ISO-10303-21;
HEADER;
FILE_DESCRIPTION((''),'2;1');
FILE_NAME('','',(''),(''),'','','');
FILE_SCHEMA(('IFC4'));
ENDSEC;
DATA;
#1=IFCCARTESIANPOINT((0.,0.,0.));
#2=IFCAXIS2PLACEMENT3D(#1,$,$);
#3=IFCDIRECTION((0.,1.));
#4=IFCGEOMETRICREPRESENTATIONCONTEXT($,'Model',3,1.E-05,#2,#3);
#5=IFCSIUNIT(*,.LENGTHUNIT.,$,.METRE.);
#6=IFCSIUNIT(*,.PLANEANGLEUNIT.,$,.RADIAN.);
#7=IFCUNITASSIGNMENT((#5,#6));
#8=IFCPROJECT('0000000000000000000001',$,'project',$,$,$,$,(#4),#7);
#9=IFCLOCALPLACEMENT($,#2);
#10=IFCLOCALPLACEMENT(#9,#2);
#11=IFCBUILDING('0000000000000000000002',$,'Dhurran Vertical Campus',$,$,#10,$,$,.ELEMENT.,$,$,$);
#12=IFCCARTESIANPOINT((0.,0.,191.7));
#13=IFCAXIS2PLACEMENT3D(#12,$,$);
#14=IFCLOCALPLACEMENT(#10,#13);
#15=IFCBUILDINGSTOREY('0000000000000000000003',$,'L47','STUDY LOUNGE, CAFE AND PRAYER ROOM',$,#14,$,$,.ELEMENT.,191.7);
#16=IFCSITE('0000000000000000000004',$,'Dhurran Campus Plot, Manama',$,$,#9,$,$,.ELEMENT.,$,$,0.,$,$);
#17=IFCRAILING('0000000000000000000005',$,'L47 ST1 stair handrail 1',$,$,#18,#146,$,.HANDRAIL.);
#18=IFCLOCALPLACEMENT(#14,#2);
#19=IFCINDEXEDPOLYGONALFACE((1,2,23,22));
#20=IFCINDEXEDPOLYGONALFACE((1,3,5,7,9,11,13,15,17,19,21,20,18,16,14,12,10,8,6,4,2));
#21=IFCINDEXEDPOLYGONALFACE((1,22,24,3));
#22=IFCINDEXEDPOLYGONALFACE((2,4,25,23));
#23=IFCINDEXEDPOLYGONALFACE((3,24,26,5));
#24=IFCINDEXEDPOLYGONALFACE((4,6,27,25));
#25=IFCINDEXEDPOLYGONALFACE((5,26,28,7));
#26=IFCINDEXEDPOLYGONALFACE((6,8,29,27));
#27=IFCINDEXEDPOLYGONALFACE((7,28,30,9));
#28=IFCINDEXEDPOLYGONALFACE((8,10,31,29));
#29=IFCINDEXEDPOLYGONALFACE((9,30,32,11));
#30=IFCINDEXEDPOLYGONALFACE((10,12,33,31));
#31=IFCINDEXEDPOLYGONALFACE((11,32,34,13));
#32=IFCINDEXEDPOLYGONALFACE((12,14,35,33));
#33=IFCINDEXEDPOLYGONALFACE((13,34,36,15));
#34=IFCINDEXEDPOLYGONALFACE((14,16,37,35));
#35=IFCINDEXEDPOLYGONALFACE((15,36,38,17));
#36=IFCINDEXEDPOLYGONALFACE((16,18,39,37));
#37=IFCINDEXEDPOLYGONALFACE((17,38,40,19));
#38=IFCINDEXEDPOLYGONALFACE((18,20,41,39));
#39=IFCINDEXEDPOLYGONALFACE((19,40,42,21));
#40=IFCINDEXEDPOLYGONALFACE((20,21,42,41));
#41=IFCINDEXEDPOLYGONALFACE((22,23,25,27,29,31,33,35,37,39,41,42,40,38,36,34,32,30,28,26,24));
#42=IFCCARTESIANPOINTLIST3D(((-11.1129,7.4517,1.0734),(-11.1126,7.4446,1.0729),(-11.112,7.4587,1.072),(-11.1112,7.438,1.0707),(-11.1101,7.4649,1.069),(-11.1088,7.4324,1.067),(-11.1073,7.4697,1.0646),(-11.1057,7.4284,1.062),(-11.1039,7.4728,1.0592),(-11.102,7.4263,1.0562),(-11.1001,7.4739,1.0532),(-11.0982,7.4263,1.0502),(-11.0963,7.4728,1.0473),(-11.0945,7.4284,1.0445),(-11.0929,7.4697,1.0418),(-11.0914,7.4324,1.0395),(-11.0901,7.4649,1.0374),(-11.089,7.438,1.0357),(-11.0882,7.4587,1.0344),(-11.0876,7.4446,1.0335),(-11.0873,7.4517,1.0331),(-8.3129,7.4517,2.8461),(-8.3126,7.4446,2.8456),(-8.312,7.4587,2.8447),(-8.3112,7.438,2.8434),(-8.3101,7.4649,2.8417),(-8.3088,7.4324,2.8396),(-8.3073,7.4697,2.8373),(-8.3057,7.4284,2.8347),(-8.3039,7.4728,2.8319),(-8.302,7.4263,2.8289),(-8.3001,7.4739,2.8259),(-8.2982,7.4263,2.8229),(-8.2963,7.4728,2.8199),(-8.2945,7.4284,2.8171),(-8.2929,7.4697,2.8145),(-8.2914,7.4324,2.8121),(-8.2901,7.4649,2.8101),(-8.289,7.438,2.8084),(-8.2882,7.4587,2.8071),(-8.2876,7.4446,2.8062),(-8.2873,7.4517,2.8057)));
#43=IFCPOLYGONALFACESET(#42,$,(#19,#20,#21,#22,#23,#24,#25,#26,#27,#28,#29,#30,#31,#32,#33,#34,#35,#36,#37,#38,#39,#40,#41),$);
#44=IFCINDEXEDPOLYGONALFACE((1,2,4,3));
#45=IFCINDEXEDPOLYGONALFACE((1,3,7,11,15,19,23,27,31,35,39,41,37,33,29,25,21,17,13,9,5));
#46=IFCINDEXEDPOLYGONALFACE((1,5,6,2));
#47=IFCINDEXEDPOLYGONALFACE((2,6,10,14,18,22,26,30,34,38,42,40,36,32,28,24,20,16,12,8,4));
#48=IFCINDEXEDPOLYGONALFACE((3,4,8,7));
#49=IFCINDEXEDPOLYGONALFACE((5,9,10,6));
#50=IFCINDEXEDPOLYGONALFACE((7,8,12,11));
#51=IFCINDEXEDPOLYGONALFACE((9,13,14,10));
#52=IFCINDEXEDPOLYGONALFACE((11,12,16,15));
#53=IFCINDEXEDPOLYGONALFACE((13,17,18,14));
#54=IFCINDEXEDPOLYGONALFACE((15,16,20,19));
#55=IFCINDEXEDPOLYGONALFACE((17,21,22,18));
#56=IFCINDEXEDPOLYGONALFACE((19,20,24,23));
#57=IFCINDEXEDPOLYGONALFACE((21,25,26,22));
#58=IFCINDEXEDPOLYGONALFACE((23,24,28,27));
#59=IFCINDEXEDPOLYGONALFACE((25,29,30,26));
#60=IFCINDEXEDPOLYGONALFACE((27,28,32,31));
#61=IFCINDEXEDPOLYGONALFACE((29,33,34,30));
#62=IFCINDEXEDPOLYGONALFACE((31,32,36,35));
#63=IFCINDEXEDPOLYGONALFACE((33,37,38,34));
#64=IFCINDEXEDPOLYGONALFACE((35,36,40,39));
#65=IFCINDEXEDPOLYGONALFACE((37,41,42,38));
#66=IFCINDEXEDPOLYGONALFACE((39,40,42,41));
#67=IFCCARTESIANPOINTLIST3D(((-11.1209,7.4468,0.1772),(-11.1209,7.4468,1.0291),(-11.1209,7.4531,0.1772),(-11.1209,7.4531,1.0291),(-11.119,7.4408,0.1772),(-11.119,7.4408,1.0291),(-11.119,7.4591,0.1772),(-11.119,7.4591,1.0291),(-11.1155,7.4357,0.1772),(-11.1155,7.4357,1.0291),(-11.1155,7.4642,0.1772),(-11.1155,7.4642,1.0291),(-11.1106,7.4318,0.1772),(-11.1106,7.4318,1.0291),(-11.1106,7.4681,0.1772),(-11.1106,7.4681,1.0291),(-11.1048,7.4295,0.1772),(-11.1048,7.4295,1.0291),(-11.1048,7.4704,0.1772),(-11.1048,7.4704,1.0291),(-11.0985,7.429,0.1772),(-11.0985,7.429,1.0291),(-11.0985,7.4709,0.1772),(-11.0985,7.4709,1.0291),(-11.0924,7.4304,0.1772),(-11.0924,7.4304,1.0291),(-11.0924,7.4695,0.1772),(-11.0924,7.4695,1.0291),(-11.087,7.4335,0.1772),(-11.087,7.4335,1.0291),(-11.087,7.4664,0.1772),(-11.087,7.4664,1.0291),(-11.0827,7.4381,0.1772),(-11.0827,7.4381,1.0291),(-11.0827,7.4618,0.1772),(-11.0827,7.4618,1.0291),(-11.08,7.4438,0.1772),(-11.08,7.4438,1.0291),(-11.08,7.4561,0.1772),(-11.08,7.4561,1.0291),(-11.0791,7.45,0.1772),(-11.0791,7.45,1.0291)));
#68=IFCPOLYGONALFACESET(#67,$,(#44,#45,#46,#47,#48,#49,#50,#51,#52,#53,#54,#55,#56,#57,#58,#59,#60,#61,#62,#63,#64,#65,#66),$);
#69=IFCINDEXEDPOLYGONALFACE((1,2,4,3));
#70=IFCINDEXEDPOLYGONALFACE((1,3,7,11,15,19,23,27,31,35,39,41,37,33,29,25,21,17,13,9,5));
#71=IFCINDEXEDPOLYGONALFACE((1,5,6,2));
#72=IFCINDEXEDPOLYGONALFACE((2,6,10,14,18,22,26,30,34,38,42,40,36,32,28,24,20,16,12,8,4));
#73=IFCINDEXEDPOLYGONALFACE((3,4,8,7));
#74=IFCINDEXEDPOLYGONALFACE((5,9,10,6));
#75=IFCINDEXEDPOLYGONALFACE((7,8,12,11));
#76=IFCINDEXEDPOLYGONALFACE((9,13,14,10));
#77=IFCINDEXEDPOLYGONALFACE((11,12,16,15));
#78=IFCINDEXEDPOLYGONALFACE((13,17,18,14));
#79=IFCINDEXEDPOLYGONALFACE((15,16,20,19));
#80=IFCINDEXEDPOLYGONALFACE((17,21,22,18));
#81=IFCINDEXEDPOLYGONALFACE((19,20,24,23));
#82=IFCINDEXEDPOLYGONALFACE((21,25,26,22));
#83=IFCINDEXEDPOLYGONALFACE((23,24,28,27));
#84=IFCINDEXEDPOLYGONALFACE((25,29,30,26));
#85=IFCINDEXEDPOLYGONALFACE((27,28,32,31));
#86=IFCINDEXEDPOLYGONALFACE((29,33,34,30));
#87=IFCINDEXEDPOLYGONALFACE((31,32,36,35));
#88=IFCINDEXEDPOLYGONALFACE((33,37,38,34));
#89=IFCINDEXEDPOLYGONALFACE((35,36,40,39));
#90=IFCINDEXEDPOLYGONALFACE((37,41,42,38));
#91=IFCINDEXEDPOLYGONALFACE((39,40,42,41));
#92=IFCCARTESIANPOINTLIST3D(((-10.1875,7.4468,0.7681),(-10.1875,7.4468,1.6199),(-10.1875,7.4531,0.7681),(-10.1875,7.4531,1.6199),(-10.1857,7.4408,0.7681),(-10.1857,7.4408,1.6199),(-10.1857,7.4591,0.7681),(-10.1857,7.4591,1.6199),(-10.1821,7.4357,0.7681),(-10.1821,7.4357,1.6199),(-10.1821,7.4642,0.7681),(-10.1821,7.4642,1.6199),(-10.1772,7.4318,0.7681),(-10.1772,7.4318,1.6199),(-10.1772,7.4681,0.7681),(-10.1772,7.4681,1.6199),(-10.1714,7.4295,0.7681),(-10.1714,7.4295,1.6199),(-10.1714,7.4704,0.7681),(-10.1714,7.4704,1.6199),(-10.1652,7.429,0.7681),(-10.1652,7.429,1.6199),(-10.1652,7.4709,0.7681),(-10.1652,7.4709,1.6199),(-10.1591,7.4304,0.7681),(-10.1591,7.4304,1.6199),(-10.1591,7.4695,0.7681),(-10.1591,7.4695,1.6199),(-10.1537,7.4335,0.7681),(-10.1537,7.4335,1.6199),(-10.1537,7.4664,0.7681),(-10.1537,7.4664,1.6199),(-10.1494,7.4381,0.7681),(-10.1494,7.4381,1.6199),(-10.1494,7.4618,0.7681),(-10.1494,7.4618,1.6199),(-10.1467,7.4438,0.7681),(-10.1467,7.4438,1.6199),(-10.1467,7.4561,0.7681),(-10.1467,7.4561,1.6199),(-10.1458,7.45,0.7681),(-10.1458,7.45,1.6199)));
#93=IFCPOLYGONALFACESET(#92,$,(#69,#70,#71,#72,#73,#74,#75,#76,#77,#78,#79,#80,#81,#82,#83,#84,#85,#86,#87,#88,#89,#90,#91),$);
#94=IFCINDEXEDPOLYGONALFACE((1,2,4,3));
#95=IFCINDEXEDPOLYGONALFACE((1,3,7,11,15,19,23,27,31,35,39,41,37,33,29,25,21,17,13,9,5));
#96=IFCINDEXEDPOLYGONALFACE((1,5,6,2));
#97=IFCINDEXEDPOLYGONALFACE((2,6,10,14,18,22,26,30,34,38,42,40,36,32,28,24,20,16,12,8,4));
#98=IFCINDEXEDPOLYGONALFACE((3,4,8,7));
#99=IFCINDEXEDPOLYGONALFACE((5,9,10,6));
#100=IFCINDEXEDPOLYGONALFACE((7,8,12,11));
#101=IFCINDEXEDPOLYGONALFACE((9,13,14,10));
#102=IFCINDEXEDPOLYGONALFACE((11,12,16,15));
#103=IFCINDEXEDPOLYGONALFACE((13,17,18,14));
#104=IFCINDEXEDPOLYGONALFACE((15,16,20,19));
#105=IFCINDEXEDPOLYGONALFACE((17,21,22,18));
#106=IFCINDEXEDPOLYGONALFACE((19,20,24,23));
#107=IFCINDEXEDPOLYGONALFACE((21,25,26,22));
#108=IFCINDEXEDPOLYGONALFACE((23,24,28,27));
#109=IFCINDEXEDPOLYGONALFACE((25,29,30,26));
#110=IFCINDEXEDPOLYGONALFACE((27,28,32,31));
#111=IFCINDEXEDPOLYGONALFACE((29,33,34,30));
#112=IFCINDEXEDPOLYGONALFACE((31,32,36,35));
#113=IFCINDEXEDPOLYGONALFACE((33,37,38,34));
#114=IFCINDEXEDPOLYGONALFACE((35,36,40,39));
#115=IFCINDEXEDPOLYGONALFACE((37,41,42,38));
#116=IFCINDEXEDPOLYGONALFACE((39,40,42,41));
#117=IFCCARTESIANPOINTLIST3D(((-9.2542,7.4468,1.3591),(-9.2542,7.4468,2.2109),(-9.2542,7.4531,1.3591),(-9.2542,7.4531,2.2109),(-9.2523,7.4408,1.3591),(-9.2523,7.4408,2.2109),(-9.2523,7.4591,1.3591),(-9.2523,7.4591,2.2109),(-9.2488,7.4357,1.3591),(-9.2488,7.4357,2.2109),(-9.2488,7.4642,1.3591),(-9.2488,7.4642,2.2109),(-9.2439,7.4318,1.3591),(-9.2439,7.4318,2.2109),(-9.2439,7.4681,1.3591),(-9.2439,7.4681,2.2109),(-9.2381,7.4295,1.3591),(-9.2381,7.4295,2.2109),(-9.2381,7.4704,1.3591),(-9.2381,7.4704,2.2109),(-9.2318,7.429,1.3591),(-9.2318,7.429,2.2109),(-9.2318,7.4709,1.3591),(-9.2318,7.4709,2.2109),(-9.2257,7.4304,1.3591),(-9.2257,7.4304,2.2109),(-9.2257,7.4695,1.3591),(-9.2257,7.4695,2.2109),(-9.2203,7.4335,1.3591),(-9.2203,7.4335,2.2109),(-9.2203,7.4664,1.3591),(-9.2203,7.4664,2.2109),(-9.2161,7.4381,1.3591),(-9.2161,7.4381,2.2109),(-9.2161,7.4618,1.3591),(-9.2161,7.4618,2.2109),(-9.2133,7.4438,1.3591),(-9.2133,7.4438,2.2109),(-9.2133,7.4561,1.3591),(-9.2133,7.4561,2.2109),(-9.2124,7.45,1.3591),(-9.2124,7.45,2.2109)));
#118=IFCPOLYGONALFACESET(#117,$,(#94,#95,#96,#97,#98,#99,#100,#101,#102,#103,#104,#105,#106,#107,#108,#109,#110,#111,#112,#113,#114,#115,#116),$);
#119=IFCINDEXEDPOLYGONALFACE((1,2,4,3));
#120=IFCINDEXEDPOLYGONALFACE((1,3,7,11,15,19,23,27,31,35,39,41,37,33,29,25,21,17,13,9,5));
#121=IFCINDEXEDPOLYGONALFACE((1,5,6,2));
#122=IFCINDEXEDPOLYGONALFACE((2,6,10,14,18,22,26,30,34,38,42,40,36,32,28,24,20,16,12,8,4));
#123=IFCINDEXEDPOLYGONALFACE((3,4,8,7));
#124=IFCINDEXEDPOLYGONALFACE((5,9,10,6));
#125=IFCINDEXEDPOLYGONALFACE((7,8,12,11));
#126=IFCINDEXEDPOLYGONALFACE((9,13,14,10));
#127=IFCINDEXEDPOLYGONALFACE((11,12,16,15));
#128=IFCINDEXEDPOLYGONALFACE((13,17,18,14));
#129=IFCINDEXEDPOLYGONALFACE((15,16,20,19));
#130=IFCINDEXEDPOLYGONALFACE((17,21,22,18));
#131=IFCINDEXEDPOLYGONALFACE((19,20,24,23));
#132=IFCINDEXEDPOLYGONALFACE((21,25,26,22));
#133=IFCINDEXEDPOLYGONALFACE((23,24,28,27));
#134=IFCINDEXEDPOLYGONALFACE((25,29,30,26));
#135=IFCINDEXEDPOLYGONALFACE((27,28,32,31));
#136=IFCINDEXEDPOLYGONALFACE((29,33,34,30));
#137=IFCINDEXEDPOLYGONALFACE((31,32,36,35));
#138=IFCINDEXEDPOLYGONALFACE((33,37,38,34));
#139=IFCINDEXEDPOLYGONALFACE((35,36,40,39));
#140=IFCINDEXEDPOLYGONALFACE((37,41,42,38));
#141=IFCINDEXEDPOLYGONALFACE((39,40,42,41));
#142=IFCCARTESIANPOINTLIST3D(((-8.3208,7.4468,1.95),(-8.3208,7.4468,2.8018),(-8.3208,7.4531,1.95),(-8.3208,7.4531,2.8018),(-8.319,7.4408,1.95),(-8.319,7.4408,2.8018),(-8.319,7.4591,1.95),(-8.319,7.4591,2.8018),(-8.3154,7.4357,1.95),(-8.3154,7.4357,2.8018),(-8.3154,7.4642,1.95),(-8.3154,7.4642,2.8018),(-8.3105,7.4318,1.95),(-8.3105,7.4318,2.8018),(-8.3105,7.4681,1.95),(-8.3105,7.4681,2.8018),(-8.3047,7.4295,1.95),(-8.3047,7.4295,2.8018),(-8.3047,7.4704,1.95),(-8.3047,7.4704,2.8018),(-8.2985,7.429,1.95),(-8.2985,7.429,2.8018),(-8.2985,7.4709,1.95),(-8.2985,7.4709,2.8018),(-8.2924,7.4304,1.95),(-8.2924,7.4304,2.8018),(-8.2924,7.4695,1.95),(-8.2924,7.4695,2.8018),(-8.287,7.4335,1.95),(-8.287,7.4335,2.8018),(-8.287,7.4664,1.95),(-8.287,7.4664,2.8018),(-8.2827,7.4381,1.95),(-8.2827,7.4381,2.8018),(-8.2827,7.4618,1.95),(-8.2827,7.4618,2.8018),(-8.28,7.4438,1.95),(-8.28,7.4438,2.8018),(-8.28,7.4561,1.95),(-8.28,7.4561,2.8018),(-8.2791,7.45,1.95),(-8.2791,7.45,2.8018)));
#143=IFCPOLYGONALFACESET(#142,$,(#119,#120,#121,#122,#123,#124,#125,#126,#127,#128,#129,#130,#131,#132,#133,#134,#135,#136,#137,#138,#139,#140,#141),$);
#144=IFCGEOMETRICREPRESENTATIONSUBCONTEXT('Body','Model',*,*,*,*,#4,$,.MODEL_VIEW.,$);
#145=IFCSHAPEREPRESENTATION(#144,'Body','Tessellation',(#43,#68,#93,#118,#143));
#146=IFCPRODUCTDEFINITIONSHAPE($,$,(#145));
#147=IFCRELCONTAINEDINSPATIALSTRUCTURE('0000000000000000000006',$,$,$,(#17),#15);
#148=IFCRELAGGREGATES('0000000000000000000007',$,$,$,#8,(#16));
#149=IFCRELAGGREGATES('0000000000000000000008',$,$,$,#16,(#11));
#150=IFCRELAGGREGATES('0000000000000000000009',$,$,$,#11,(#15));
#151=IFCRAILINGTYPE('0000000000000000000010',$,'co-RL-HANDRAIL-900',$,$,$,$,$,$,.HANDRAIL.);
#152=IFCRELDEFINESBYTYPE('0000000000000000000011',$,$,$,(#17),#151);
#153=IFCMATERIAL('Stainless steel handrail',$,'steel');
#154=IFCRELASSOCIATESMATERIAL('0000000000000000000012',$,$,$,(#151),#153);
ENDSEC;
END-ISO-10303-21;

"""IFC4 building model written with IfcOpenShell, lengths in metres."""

from ifc_helpers import new_model, si_unit, direction, frame, origin, origin_2d, place, context, subcontext, project, spatial, circle, extrude, material, type_object, element, save


model = new_model("IFC4")

# Units and contexts
model_context = context("Model", 3, precision=1e-05, world=origin(), true_north=direction((0.0, 1.0)))
body_context = subcontext(model_context, "Body", "Model", "MODEL_VIEW")
ifc_project = project(units=[si_unit("LENGTHUNIT", "METRE"), si_unit("PLANEANGLEUNIT", "RADIAN")], contexts=[model_context])

# Site, building, storey
site_placement = place(None, origin())
site = spatial("IfcSite", under=ifc_project, at=site_placement, Name="Dhurran Campus Plot, Manama", CompositionType="ELEMENT", RefElevation=0.0)
building_placement = place(site_placement, origin())
building = spatial("IfcBuilding", under=site, at=building_placement, Name="Dhurran Vertical Campus", CompositionType="ELEMENT")
storey_placement = place(building_placement, frame((0.0, 0.0, 191.7)))
storey = spatial("IfcBuildingStorey", under=building, at=storey_placement, Name="L47", Description="STUDY LOUNGE, CAFE AND PRAYER ROOM", CompositionType="ELEMENT", Elevation=191.7)

# Railing
ifc_material_1 = material(Name="Stainless steel handrail", Category="steel")
railing_type_1 = type_object("IfcRailingType", Name="co-RL-HANDRAIL-900", PredefinedType="HANDRAIL", material=ifc_material_1)
railing_1_placement = place(storey_placement, frame((-11.1001, 7.45, 0.1772)))
element("IfcRailing", 1, at=railing_1_placement, inside=storey, type_object=railing_type_1, Name="L47 ST1 stair handrail 1", PredefinedType="HANDRAIL", context=body_context, shape_type="SweptSolid", body=[
    extrude(circle(Radius=0.0239, at=origin_2d()), frame((0.0, 0.0, 0.876), z_axis=(0.844909, 0.0, 0.53491), x_axis=(0.0, 1.0, 0.0)), (0.0, 0.0, 1.0), 3.314),
    extrude(circle(Radius=0.021, at=origin_2d()), origin(), (0.0, 0.0, 1.0), 0.8518),
    extrude(circle(Radius=0.021, at=origin_2d()), frame((0.9333, 0.0, 0.5908)), (0.0, 0.0, 1.0), 0.8518),
    extrude(circle(Radius=0.021, at=origin_2d()), frame((1.8667, 0.0, 1.1819)), (0.0, 0.0, 1.0), 0.8518),
    extrude(circle(Radius=0.021, at=origin_2d()), frame((2.8, 0.0, 1.7727)), (0.0, 0.0, 1.0), 0.8518),
])

save(model, "model.ifc")
